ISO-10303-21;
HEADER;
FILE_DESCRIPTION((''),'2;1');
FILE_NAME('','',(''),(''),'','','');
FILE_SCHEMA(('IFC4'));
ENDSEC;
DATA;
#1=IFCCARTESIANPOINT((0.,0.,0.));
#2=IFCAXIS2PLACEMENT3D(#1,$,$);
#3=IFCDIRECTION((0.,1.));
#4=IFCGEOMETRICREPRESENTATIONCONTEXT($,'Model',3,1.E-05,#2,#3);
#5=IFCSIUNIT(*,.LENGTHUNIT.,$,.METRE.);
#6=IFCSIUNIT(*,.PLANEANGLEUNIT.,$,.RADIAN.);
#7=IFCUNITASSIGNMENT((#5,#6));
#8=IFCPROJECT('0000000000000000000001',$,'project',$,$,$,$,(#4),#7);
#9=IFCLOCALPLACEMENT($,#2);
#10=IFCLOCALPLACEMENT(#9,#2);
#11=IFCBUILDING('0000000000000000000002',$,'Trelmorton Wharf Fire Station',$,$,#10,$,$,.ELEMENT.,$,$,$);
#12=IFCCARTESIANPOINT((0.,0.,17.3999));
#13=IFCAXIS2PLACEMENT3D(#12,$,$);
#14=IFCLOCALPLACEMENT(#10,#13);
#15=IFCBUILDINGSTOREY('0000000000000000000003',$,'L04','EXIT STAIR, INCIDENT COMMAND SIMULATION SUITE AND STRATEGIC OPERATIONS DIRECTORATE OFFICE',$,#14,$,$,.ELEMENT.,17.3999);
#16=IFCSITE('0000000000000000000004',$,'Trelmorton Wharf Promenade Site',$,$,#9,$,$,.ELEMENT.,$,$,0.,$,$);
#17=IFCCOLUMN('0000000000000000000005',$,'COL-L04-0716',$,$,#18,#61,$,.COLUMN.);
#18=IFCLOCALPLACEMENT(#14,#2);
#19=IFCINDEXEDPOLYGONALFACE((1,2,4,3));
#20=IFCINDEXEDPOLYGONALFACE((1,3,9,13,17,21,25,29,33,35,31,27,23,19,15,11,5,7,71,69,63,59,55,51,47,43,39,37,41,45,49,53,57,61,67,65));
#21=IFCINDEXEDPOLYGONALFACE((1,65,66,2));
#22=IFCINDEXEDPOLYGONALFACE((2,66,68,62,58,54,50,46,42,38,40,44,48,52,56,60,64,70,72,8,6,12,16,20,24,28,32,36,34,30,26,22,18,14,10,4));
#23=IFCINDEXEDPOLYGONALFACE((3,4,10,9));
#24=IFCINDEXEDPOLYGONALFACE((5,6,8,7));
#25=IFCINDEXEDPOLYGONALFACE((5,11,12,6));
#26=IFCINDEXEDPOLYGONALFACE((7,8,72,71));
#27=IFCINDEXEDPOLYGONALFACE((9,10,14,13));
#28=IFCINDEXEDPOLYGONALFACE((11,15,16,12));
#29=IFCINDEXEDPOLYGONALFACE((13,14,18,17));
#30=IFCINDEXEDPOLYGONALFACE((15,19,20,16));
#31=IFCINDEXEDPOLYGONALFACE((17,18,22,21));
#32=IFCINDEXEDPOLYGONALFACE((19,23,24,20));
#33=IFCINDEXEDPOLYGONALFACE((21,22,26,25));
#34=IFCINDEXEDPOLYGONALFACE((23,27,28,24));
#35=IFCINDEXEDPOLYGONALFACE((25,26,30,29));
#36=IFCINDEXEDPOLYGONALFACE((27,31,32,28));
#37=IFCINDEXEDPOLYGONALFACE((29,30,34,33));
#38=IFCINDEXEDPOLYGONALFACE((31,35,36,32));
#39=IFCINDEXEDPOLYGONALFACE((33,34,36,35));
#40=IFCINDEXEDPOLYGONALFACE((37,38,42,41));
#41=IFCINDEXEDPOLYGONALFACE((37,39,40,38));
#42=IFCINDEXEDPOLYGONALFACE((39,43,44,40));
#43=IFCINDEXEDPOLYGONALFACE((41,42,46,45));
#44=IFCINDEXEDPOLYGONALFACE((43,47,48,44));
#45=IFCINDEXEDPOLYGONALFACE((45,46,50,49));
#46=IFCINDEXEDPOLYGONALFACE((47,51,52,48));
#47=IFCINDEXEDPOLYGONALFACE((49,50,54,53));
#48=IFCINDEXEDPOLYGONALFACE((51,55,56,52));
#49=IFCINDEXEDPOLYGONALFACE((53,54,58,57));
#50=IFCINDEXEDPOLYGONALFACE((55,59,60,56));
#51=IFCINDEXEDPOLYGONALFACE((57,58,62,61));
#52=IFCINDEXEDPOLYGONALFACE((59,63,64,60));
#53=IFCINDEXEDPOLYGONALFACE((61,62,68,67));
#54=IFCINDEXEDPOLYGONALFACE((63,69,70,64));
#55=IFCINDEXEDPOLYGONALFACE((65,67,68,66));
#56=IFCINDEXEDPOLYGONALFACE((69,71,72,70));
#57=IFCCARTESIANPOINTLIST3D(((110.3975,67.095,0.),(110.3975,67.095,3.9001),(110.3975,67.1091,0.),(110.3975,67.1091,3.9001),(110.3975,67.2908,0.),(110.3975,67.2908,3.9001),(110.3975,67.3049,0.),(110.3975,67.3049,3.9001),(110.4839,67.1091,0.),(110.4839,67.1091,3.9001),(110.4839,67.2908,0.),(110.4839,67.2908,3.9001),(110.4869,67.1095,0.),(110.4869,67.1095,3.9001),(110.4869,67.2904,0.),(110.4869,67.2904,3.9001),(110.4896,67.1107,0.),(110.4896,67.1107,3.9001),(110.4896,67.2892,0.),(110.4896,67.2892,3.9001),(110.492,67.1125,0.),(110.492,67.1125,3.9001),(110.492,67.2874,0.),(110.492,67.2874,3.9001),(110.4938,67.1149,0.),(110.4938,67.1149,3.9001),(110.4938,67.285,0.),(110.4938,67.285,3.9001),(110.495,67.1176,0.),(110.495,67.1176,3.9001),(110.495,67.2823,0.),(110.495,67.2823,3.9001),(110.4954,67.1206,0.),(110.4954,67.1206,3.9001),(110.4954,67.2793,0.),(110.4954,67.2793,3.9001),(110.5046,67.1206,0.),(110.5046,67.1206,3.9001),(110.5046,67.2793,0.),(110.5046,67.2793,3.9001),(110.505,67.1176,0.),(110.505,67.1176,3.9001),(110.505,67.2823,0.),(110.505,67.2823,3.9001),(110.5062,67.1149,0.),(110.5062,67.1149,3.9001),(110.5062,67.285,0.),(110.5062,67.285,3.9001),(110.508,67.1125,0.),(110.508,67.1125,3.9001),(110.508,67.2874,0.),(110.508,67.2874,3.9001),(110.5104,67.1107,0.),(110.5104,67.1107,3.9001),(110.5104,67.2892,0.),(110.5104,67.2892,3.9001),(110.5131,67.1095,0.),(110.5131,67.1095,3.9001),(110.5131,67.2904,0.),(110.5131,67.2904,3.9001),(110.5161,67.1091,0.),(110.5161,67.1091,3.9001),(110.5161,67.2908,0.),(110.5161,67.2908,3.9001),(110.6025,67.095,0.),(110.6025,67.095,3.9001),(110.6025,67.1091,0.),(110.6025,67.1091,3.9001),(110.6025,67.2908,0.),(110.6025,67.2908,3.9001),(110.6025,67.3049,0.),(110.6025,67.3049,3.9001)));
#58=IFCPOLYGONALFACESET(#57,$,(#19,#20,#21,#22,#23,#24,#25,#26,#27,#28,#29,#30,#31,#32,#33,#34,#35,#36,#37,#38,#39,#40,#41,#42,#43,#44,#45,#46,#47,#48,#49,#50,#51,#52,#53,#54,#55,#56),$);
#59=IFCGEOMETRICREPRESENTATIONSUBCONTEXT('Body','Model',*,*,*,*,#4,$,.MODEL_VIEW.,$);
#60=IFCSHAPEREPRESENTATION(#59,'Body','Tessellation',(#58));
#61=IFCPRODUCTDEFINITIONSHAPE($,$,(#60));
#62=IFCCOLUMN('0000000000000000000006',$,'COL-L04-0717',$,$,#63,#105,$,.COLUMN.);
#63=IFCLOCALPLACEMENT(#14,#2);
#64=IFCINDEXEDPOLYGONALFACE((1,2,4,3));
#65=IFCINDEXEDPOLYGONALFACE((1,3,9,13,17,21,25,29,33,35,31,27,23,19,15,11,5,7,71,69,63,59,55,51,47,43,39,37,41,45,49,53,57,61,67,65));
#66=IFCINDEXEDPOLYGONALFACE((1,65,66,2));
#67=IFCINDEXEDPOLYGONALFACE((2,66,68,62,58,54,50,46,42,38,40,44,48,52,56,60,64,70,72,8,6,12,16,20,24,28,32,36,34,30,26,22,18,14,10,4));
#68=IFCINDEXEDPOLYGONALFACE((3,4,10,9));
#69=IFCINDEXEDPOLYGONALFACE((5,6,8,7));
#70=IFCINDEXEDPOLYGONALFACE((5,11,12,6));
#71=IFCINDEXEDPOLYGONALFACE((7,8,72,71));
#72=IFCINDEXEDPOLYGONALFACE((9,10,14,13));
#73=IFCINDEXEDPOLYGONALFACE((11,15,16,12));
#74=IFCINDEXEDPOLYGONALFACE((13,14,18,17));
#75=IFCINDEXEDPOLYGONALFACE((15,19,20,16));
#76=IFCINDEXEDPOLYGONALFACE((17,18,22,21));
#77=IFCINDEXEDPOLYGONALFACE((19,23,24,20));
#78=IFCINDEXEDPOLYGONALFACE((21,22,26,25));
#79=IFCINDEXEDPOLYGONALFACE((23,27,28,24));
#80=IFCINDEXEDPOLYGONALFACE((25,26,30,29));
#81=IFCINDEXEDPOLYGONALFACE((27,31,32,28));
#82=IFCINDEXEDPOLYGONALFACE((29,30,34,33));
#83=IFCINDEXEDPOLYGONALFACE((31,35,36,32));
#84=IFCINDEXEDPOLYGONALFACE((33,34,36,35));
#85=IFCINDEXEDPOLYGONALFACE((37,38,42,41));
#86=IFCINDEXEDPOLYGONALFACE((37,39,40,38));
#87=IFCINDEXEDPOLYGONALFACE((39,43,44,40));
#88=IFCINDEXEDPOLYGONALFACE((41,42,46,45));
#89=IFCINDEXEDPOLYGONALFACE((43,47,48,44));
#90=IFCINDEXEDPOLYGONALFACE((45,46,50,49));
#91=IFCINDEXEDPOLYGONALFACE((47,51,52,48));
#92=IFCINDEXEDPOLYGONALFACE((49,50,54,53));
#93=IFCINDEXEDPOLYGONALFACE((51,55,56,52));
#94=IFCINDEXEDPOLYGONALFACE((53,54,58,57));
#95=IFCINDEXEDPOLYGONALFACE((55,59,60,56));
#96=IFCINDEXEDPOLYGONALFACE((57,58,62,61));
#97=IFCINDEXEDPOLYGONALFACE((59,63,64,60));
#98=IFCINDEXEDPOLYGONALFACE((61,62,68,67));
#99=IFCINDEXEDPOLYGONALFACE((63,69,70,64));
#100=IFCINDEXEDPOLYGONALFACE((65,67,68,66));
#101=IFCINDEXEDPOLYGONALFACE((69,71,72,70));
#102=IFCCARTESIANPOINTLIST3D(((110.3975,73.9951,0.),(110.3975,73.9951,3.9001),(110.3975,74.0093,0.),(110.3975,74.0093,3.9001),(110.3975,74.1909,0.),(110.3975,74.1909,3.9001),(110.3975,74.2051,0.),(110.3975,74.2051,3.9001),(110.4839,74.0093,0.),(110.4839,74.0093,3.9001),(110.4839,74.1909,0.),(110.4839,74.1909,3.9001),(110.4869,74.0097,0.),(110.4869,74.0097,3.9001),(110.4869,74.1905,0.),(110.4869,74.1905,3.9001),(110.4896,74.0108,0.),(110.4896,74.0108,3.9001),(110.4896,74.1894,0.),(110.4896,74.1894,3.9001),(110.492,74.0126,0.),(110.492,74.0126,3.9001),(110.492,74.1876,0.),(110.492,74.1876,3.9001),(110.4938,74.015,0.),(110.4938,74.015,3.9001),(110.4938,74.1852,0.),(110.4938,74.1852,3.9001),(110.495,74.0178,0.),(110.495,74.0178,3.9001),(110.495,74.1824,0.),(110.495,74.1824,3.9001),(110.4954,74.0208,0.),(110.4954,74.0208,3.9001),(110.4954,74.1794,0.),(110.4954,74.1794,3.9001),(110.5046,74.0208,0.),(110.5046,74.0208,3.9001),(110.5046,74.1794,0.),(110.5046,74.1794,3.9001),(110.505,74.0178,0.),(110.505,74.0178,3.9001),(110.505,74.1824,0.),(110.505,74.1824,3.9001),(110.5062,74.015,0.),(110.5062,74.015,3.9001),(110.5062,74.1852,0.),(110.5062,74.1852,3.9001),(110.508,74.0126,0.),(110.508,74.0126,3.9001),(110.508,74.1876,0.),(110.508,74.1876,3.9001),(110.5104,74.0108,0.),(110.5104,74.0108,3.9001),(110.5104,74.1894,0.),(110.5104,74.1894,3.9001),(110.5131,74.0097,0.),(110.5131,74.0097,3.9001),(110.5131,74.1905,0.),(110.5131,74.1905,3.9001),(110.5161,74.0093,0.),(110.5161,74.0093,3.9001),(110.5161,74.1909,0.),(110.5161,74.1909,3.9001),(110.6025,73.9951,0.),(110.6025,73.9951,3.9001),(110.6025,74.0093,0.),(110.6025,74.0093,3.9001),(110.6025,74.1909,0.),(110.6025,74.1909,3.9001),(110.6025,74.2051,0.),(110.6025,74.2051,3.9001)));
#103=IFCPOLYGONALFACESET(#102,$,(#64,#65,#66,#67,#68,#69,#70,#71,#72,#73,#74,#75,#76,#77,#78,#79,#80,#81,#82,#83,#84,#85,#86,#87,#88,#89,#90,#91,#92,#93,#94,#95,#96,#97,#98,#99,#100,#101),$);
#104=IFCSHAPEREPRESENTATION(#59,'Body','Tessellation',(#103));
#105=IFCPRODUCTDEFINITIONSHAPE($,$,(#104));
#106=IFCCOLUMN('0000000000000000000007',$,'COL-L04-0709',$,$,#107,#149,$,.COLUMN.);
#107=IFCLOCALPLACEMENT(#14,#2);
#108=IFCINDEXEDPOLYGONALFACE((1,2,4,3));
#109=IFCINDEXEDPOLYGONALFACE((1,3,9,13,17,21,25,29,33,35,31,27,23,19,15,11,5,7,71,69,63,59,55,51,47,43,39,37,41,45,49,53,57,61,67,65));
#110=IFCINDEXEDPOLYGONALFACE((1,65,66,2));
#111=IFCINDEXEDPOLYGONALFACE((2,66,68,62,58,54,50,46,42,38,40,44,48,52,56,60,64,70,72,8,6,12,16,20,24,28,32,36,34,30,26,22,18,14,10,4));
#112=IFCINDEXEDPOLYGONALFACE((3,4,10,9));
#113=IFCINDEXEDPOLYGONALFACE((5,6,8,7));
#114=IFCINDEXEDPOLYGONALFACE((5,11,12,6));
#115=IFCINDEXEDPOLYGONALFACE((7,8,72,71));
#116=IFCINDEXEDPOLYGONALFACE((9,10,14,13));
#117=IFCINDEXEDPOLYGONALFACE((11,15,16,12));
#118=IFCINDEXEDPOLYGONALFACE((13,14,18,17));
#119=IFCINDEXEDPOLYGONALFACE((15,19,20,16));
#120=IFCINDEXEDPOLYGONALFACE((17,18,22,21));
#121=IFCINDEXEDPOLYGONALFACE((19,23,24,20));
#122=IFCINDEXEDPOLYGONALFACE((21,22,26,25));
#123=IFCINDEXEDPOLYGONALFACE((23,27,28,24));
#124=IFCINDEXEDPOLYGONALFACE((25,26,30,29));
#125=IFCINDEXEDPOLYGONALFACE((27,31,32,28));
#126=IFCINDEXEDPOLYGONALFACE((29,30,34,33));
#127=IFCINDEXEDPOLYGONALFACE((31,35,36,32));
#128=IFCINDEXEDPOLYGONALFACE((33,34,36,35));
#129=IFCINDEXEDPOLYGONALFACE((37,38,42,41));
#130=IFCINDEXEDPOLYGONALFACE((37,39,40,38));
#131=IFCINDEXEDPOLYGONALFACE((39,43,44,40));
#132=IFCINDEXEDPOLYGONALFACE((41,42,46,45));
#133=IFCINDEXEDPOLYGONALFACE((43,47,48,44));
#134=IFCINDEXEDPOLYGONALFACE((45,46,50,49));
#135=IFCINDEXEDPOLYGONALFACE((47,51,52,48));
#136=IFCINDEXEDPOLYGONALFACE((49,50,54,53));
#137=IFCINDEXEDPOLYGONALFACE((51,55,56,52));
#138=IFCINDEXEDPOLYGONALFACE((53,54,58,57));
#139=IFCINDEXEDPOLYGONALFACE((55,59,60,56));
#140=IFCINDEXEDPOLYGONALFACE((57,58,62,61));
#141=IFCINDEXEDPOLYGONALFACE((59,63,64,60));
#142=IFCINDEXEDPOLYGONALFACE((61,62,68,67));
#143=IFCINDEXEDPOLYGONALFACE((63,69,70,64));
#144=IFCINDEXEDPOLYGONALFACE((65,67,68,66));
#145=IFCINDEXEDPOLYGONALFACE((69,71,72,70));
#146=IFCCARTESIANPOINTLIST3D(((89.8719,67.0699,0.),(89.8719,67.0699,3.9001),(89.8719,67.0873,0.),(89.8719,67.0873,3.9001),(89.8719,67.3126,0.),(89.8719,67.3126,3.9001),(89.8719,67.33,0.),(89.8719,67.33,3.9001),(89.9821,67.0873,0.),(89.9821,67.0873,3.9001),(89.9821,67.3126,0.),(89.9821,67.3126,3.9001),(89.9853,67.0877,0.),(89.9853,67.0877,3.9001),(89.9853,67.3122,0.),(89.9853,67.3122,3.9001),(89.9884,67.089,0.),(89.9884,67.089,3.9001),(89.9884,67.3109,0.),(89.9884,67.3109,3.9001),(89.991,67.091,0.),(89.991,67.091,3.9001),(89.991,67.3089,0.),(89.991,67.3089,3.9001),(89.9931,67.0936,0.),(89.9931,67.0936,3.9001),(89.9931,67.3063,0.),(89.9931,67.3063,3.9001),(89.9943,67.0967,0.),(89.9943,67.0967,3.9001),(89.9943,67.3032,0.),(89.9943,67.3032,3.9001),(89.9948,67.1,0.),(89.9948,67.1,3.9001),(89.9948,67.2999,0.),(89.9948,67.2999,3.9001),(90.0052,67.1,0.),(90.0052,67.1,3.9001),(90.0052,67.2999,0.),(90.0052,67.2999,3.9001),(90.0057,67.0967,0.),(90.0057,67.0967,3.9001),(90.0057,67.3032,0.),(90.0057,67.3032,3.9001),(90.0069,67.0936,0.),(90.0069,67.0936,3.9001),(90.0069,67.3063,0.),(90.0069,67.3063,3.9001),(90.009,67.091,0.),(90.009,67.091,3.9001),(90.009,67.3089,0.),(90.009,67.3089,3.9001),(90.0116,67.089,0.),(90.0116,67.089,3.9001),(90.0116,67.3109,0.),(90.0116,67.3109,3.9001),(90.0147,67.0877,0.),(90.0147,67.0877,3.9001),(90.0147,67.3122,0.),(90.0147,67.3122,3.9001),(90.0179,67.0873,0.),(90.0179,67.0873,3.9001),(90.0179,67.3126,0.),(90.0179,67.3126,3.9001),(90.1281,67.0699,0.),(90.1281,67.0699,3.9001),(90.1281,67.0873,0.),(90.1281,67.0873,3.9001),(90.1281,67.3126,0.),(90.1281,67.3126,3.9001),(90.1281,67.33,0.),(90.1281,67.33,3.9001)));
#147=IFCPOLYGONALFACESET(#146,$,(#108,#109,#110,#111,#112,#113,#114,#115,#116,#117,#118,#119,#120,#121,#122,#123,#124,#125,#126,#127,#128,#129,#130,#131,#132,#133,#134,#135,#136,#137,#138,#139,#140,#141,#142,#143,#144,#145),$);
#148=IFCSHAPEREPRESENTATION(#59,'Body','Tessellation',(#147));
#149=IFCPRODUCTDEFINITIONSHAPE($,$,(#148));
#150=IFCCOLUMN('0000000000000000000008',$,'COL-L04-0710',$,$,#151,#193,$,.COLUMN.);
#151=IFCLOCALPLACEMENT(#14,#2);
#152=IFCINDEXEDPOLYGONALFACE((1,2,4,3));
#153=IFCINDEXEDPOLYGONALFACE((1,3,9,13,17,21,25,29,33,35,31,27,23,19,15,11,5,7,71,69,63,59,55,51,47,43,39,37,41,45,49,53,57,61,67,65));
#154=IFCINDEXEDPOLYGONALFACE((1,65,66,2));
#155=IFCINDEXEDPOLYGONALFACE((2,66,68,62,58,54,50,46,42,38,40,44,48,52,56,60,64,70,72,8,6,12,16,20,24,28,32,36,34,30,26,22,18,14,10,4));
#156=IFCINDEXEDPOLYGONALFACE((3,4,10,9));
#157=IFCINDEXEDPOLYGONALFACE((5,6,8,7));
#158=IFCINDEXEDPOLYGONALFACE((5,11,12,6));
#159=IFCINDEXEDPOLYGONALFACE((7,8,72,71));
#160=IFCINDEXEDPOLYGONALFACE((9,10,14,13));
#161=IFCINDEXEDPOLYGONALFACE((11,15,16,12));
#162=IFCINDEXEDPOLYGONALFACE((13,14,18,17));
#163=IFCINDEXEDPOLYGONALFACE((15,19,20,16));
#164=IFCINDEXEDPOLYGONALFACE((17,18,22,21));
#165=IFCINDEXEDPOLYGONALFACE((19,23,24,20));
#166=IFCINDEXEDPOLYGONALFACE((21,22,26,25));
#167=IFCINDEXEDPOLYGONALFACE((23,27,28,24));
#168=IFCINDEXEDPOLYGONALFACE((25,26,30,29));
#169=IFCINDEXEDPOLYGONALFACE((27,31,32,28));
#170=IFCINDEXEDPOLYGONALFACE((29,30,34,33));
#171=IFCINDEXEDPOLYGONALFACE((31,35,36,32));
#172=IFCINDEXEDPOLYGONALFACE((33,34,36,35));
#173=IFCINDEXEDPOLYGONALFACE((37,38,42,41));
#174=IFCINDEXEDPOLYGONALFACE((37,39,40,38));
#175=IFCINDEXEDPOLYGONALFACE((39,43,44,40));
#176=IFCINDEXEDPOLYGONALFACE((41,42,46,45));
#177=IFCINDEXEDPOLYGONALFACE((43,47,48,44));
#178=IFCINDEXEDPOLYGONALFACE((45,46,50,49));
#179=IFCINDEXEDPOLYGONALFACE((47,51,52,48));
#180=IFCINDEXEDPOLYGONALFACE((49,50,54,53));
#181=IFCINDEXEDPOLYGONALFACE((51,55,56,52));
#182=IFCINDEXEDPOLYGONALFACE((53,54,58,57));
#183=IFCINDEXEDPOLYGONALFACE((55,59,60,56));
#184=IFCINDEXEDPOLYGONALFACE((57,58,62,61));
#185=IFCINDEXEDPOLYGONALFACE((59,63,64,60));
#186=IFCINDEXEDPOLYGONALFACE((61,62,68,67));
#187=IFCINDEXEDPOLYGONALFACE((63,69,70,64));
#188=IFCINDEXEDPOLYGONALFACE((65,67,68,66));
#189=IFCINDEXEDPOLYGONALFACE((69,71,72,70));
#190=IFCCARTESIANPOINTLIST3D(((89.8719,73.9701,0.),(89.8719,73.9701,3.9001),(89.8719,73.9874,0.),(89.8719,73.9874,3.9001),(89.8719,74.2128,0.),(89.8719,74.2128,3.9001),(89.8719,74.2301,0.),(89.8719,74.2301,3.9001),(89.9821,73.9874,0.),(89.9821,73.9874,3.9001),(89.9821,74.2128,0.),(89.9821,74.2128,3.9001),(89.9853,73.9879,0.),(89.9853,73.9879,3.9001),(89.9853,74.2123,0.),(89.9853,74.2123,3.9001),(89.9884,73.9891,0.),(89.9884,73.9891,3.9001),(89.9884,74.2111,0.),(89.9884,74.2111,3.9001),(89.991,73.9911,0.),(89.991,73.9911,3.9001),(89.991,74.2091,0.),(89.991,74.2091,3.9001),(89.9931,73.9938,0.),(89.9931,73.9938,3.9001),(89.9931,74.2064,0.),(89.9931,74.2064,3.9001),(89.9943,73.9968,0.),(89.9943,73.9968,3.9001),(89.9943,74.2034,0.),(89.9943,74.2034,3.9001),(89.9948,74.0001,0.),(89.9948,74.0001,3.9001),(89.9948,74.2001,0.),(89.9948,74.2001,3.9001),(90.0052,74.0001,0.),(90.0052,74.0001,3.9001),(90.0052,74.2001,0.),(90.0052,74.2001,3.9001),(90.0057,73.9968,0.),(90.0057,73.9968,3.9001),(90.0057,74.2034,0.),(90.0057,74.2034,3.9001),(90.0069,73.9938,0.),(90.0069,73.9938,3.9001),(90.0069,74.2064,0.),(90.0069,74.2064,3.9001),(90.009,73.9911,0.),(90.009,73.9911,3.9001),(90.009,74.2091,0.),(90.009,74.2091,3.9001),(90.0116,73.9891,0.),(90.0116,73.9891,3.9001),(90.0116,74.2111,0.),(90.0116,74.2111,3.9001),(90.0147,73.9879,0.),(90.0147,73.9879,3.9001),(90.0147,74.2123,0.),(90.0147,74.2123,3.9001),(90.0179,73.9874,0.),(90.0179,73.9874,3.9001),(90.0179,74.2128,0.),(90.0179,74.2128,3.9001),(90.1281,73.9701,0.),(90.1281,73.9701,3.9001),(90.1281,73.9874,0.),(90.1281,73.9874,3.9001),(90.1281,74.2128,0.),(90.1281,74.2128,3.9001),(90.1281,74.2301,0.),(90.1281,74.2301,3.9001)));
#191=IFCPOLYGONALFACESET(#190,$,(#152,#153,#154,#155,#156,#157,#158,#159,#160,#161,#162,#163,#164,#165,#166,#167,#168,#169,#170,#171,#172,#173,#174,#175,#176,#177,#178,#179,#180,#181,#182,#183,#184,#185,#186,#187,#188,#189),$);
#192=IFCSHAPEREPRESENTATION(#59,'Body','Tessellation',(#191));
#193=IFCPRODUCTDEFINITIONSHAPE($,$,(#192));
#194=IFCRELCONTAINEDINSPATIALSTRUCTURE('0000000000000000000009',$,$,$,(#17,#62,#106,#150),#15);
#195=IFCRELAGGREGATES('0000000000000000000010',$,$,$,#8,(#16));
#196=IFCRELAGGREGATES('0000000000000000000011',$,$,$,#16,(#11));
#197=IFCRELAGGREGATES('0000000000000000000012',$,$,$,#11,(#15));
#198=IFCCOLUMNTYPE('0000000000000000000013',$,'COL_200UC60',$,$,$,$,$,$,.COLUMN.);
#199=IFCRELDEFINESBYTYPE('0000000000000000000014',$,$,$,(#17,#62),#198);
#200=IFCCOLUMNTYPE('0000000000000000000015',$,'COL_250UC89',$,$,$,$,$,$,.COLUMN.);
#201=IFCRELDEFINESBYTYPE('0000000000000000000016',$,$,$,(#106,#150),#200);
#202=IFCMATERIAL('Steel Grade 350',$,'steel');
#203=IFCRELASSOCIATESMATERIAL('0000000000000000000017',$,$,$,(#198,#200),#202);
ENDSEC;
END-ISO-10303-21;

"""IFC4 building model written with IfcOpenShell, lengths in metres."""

from ifc_helpers import new_model, si_unit, direction, frame, origin, origin_2d, place, context, subcontext, project, spatial, i_section, extrude, material, material_profile, profile_set, type_object, element, save


model = new_model("IFC4")

# Units and contexts
model_context = context("Model", 3, precision=1e-05, world=origin(), true_north=direction((0.0, 1.0)))
body_context = subcontext(model_context, "Body", "Model", "MODEL_VIEW")
ifc_project = project(units=[si_unit("LENGTHUNIT", "METRE"), si_unit("PLANEANGLEUNIT", "RADIAN")], contexts=[model_context])

# Site, building, storey
site_placement = place(None, origin())
site = spatial("IfcSite", under=ifc_project, at=site_placement, Name="Trelmorton Wharf Promenade Site", CompositionType="ELEMENT", RefElevation=0.0)
building_placement = place(site_placement, origin())
building = spatial("IfcBuilding", under=site, at=building_placement, Name="Trelmorton Wharf Fire Station", CompositionType="ELEMENT")
storey_placement = place(building_placement, frame((0.0, 0.0, 17.3999)))
storey = spatial("IfcBuildingStorey", under=building, at=storey_placement, Name="L04", Description="EXIT STAIR, INCIDENT COMMAND SIMULATION SUITE AND STRATEGIC OPERATIONS DIRECTORATE OFFICE", CompositionType="ELEMENT", Elevation=17.3999)

# Columns
ifc_material_1 = material(Name="Steel Grade 350", Category="steel")
ifc_material_profile_1 = material_profile(ifc_material_1, i_section(OverallWidth=0.2051, OverallDepth=0.21, WebThickness=0.0093, FlangeThickness=0.0142, FilletRadius=0.0115, at=origin_2d()), Name="200UC59.5")
ifc_profile_set_1 = profile_set([ifc_material_profile_1], Name="Steel Grade 350")
column_type_1 = type_object("IfcColumnType", Name="COL_200UC60", PredefinedType="COLUMN", material=ifc_profile_set_1)
for number, where, z_axis, x_axis, name in (
    (1, (110.5, 67.2, 0.0), (0.0, 0.0, 1.0), (1.0, 0.0, 0.0), "COL-L04-0716"),
    (2, (110.5, 74.1001, 0.0), (0.0, 0.0, 1.0), (1.0, 0.0, 0.0), "COL-L04-0717"),
):
    element("IfcColumn", number, at=place(storey_placement, frame(where, z_axis=z_axis, x_axis=x_axis)), inside=storey, type_object=column_type_1, Name=name, PredefinedType="COLUMN", context=body_context, shape_type="SweptSolid", body=[
        extrude(i_section(OverallWidth=0.2051, OverallDepth=0.21, WebThickness=0.0093, FlangeThickness=0.0142, FilletRadius=0.0115, at=origin_2d()), origin(), (0.0, 0.0, 1.0), 3.9001),
    ])
ifc_material_profile_2 = material_profile(ifc_material_1, i_section(OverallWidth=0.2561, OverallDepth=0.26, WebThickness=0.0105, FlangeThickness=0.0173, FilletRadius=0.0127, at=origin_2d()), Name="250UC89.5")
ifc_profile_set_2 = profile_set([ifc_material_profile_2], Name="Steel Grade 350")
column_type_2 = type_object("IfcColumnType", Name="COL_250UC89", PredefinedType="COLUMN", material=ifc_profile_set_2)
for number, where, z_axis, x_axis, name in (
    (3, (90.0, 67.2, 0.0), (0.0, 0.0, 1.0), (1.0, 0.0, 0.0), "COL-L04-0709"),
    (4, (90.0, 74.1001, 0.0), (0.0, 0.0, 1.0), (1.0, 0.0, 0.0), "COL-L04-0710"),
):
    element("IfcColumn", number, at=place(storey_placement, frame(where, z_axis=z_axis, x_axis=x_axis)), inside=storey, type_object=column_type_2, Name=name, PredefinedType="COLUMN", context=body_context, shape_type="SweptSolid", body=[
        extrude(i_section(OverallWidth=0.2561, OverallDepth=0.26, WebThickness=0.0105, FlangeThickness=0.0173, FilletRadius=0.0127, at=origin_2d()), origin(), (0.0, 0.0, 1.0), 3.9001),
    ])

save(model, "model.ifc")
